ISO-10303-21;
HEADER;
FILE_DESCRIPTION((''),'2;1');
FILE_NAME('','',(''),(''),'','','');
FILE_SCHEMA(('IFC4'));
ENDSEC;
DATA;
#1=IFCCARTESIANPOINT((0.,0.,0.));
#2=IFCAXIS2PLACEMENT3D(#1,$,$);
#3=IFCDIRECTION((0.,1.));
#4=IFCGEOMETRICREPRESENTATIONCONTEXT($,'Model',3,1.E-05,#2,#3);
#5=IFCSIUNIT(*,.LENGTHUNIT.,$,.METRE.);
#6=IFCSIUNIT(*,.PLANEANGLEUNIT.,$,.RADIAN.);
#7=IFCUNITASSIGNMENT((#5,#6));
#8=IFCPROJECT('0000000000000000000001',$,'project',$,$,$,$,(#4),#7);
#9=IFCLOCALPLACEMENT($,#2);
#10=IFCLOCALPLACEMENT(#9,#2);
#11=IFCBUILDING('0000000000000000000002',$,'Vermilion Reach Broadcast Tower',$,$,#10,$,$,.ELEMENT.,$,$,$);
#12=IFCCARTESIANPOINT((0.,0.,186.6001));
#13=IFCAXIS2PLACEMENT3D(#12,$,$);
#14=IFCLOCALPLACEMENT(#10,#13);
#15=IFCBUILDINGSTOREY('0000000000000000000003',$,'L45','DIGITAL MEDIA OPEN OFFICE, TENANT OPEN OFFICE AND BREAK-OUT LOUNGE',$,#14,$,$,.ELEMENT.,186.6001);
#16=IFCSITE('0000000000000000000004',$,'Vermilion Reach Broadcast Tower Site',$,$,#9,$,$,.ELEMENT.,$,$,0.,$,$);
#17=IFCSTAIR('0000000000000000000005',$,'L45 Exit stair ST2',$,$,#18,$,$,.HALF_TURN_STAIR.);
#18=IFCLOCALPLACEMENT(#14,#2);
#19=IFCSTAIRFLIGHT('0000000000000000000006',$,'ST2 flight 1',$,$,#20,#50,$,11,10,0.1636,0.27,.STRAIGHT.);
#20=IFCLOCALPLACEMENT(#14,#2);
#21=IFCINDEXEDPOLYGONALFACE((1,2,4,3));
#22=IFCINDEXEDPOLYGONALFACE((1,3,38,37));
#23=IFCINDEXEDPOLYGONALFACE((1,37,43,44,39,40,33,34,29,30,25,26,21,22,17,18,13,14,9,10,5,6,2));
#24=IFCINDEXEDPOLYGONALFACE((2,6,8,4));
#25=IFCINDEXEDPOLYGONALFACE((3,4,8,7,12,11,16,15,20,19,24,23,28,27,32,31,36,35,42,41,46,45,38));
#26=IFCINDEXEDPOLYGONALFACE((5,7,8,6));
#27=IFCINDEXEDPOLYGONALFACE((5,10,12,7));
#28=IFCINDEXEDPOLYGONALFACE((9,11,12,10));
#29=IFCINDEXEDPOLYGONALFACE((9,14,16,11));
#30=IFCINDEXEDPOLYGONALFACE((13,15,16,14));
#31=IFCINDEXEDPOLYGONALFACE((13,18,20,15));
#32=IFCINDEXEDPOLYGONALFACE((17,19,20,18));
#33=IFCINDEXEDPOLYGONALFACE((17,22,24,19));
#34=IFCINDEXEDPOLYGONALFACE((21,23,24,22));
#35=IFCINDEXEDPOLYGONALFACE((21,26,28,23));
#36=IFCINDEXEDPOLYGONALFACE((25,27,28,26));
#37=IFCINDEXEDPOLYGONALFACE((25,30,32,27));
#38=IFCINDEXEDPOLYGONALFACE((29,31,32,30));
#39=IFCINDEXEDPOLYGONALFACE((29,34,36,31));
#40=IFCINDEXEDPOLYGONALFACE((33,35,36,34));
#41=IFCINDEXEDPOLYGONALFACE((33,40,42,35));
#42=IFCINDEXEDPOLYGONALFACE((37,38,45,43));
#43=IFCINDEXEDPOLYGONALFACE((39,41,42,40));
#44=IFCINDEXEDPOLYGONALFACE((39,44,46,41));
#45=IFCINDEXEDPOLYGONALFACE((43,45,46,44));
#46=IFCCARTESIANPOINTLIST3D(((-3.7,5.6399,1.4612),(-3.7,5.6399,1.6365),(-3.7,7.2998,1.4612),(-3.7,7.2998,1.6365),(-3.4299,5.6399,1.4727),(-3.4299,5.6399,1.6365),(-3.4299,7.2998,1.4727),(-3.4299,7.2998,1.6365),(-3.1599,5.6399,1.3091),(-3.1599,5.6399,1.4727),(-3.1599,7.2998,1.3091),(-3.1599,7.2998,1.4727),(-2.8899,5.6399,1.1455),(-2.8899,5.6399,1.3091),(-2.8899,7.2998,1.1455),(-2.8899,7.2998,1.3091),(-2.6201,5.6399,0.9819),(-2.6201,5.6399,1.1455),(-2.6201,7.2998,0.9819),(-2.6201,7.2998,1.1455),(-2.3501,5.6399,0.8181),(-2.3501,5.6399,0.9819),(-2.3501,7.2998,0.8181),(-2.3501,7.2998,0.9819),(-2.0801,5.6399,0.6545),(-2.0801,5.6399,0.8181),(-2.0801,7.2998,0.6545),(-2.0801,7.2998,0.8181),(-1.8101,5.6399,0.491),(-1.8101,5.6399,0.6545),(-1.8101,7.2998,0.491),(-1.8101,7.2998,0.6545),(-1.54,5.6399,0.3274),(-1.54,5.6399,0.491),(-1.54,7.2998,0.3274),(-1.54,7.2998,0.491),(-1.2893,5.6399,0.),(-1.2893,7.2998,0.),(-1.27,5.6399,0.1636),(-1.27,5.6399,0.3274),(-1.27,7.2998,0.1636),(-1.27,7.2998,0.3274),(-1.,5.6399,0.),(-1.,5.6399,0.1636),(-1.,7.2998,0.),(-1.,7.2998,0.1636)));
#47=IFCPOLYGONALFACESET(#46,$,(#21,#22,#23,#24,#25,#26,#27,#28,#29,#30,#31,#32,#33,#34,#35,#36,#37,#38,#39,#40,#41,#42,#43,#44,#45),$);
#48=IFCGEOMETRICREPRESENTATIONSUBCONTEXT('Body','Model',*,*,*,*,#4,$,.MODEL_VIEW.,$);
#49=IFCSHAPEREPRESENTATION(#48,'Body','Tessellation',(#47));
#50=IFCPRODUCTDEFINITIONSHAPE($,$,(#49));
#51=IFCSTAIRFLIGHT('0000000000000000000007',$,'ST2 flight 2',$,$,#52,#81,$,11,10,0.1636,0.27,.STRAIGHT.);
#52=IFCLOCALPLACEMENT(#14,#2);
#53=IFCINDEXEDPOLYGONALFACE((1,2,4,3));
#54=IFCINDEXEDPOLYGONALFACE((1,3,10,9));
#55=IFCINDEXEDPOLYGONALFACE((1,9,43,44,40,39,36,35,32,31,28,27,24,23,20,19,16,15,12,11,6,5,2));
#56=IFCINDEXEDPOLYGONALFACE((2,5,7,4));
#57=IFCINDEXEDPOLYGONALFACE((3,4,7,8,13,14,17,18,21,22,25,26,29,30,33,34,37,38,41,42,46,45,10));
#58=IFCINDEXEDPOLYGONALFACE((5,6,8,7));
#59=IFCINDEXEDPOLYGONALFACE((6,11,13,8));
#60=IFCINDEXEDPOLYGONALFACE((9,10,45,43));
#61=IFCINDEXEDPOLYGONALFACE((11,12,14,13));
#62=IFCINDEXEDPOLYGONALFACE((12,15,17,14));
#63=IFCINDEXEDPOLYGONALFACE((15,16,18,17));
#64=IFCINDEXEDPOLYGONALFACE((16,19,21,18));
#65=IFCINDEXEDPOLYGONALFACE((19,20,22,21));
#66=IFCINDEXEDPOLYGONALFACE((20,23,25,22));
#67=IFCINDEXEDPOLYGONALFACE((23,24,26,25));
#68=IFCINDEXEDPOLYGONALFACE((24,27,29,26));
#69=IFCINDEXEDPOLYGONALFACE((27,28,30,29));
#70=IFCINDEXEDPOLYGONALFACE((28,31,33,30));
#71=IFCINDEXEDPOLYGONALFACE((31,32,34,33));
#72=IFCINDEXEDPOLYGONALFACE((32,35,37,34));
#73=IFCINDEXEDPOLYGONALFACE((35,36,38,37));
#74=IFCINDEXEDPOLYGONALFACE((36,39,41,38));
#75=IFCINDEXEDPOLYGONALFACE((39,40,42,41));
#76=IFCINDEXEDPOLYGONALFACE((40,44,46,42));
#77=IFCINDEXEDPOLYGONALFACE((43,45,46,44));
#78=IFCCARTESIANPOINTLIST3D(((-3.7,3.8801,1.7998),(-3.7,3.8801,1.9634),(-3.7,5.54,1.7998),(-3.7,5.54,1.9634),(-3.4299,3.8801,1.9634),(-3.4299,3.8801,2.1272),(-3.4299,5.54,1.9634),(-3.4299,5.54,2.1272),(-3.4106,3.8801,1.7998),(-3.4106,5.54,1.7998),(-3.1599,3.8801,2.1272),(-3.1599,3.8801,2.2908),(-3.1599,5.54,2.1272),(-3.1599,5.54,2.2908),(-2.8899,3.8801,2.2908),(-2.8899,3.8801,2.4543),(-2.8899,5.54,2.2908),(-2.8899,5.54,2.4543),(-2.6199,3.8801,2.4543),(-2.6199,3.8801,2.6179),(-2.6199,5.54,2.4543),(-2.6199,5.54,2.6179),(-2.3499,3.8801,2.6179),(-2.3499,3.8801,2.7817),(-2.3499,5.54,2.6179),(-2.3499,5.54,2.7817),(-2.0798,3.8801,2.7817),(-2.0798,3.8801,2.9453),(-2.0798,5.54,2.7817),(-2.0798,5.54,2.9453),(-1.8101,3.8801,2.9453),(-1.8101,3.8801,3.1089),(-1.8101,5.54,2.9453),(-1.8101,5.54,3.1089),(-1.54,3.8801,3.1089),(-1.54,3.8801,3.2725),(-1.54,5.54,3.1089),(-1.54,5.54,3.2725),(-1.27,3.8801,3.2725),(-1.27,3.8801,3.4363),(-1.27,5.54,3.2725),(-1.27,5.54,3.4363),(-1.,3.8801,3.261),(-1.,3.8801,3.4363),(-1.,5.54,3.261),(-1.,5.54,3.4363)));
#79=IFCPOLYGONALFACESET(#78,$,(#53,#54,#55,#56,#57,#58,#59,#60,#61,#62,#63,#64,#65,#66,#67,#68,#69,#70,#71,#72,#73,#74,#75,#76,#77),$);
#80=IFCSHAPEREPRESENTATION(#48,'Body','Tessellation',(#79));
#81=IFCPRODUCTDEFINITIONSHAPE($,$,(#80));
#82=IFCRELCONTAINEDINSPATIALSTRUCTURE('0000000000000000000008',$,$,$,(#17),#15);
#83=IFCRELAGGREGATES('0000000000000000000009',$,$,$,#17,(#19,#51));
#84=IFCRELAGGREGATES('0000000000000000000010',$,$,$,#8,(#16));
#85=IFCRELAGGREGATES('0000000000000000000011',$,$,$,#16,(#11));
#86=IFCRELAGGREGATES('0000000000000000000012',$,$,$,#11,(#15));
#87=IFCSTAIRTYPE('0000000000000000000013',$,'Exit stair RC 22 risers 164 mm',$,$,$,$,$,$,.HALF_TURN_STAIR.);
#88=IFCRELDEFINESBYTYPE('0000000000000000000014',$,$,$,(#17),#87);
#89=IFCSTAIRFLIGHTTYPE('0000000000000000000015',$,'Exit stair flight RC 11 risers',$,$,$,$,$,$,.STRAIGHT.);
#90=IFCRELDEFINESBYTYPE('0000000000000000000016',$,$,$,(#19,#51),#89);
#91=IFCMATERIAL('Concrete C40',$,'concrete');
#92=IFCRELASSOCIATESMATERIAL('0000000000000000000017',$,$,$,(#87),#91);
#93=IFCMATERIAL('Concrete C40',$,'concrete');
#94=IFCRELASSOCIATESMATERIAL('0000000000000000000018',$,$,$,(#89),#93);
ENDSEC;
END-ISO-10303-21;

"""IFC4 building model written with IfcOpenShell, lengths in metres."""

from ifc_helpers import new_model, si_unit, direction, frame, origin, place, context, subcontext, project, spatial, polyline, outline, extrude, material, type_object, element, aggregate, save


model = new_model("IFC4")

# Units and contexts
model_context = context("Model", 3, precision=1e-05, world=origin(), true_north=direction((0.0, 1.0)))
body_context = subcontext(model_context, "Body", "Model", "MODEL_VIEW")
ifc_project = project(units=[si_unit("LENGTHUNIT", "METRE"), si_unit("PLANEANGLEUNIT", "RADIAN")], contexts=[model_context])

# Site, building, storey
site_placement = place(None, origin())
site = spatial("IfcSite", under=ifc_project, at=site_placement, Name="Vermilion Reach Broadcast Tower Site", CompositionType="ELEMENT", RefElevation=0.0)
building_placement = place(site_placement, origin())
building = spatial("IfcBuilding", under=site, at=building_placement, Name="Vermilion Reach Broadcast Tower", CompositionType="ELEMENT")
storey_placement = place(building_placement, frame((0.0, 0.0, 186.6001)))
storey = spatial("IfcBuildingStorey", under=building, at=storey_placement, Name="L45", Description="DIGITAL MEDIA OPEN OFFICE, TENANT OPEN OFFICE AND BREAK-OUT LOUNGE", CompositionType="ELEMENT", Elevation=186.6001)

# Stair
ifc_material_1 = material(Name="Concrete C40", Category="concrete")
stair_type = type_object("IfcStairType", Name="Exit stair RC 22 risers 164 mm", PredefinedType="HALF_TURN_STAIR", material=ifc_material_1)
placement_1 = place(storey_placement, origin())
stair_1 = element("IfcStair", 1, at=placement_1, inside=storey, type_object=stair_type, Name="L45 Exit stair ST2", PredefinedType="HALF_TURN_STAIR")

# Stair flights
ifc_material_2 = material(Name="Concrete C40", Category="concrete")
stair_flight_type = type_object("IfcStairFlightType", Name="Exit stair flight RC 11 risers", PredefinedType="STRAIGHT", material=ifc_material_2)
stair_flight_1_placement = place(storey_placement, frame((-1.0, 6.47, 0.0), z_axis=(0.0, 0.0, 1.0), x_axis=(-1.0, 0.0, 0.0)))
stair_flight_1 = element("IfcStairFlight", 2, at=stair_flight_1_placement, type_object=stair_flight_type, Name="ST2 flight 1", NumberOfRisers=11, NumberOfTreads=10, PredefinedType="STRAIGHT", RiserHeight=0.1636, TreadLength=0.27, context=body_context, shape_type="SweptSolid", body=[
    extrude(outline(polyline([(0.0, 0.0), (0.0, 0.1636), (0.27, 0.1636), (0.27, 0.3274), (0.54, 0.3274), (0.54, 0.491), (0.8101, 0.491), (0.8101, 0.6545), (1.0801, 0.6545), (1.0801, 0.8181), (1.3501, 0.8181), (1.3501, 0.9819), (1.6201, 0.9819), (1.6201, 1.1455), (1.8899, 1.1455), (1.8899, 1.3091), (2.1599, 1.3091), (2.1599, 1.4727), (2.4299, 1.4727), (2.4299, 1.6365), (2.7, 1.6365), (2.7, 1.8), (2.7, 1.4612), (0.2893, 0.0), (0.0, 0.0)])), frame((0.0, 0.8301, 0.0), z_axis=(0.0, -1.0, 0.0), x_axis=(1.0, 0.0, 0.0)), (0.0, 0.0, 1.0), 1.6599),
])
stair_flight_2_placement = place(storey_placement, frame((-3.7, 4.71, 1.7998), z_axis=(0.0, 0.0, 1.0), x_axis=(1.0, 0.0, 0.0)))
stair_flight_2 = element("IfcStairFlight", 3, at=stair_flight_2_placement, type_object=stair_flight_type, Name="ST2 flight 2", NumberOfRisers=11, NumberOfTreads=10, PredefinedType="STRAIGHT", RiserHeight=0.1636, TreadLength=0.27, context=body_context, shape_type="SweptSolid", body=[
    extrude(outline(polyline([(0.0, 0.0), (0.0, 0.1636), (0.27, 0.1636), (0.27, 0.3274), (0.54, 0.3274), (0.54, 0.491), (0.8101, 0.491), (0.8101, 0.6545), (1.0801, 0.6545), (1.0801, 0.8181), (1.3501, 0.8181), (1.3501, 0.9819), (1.6201, 0.9819), (1.6201, 1.1455), (1.8899, 1.1455), (1.8899, 1.3091), (2.1599, 1.3091), (2.1599, 1.4727), (2.4299, 1.4727), (2.4299, 1.6365), (2.7, 1.6365), (2.7, 1.8), (2.7, 1.4612), (0.2893, 0.0), (0.0, 0.0)])), frame((0.0, 0.8301, 0.0), z_axis=(0.0, -1.0, 0.0), x_axis=(1.0, 0.0, 0.0)), (0.0, 0.0, 1.0), 1.6599),
])
aggregate(stair_1, [stair_flight_1, stair_flight_2])

save(model, "model.ifc")
